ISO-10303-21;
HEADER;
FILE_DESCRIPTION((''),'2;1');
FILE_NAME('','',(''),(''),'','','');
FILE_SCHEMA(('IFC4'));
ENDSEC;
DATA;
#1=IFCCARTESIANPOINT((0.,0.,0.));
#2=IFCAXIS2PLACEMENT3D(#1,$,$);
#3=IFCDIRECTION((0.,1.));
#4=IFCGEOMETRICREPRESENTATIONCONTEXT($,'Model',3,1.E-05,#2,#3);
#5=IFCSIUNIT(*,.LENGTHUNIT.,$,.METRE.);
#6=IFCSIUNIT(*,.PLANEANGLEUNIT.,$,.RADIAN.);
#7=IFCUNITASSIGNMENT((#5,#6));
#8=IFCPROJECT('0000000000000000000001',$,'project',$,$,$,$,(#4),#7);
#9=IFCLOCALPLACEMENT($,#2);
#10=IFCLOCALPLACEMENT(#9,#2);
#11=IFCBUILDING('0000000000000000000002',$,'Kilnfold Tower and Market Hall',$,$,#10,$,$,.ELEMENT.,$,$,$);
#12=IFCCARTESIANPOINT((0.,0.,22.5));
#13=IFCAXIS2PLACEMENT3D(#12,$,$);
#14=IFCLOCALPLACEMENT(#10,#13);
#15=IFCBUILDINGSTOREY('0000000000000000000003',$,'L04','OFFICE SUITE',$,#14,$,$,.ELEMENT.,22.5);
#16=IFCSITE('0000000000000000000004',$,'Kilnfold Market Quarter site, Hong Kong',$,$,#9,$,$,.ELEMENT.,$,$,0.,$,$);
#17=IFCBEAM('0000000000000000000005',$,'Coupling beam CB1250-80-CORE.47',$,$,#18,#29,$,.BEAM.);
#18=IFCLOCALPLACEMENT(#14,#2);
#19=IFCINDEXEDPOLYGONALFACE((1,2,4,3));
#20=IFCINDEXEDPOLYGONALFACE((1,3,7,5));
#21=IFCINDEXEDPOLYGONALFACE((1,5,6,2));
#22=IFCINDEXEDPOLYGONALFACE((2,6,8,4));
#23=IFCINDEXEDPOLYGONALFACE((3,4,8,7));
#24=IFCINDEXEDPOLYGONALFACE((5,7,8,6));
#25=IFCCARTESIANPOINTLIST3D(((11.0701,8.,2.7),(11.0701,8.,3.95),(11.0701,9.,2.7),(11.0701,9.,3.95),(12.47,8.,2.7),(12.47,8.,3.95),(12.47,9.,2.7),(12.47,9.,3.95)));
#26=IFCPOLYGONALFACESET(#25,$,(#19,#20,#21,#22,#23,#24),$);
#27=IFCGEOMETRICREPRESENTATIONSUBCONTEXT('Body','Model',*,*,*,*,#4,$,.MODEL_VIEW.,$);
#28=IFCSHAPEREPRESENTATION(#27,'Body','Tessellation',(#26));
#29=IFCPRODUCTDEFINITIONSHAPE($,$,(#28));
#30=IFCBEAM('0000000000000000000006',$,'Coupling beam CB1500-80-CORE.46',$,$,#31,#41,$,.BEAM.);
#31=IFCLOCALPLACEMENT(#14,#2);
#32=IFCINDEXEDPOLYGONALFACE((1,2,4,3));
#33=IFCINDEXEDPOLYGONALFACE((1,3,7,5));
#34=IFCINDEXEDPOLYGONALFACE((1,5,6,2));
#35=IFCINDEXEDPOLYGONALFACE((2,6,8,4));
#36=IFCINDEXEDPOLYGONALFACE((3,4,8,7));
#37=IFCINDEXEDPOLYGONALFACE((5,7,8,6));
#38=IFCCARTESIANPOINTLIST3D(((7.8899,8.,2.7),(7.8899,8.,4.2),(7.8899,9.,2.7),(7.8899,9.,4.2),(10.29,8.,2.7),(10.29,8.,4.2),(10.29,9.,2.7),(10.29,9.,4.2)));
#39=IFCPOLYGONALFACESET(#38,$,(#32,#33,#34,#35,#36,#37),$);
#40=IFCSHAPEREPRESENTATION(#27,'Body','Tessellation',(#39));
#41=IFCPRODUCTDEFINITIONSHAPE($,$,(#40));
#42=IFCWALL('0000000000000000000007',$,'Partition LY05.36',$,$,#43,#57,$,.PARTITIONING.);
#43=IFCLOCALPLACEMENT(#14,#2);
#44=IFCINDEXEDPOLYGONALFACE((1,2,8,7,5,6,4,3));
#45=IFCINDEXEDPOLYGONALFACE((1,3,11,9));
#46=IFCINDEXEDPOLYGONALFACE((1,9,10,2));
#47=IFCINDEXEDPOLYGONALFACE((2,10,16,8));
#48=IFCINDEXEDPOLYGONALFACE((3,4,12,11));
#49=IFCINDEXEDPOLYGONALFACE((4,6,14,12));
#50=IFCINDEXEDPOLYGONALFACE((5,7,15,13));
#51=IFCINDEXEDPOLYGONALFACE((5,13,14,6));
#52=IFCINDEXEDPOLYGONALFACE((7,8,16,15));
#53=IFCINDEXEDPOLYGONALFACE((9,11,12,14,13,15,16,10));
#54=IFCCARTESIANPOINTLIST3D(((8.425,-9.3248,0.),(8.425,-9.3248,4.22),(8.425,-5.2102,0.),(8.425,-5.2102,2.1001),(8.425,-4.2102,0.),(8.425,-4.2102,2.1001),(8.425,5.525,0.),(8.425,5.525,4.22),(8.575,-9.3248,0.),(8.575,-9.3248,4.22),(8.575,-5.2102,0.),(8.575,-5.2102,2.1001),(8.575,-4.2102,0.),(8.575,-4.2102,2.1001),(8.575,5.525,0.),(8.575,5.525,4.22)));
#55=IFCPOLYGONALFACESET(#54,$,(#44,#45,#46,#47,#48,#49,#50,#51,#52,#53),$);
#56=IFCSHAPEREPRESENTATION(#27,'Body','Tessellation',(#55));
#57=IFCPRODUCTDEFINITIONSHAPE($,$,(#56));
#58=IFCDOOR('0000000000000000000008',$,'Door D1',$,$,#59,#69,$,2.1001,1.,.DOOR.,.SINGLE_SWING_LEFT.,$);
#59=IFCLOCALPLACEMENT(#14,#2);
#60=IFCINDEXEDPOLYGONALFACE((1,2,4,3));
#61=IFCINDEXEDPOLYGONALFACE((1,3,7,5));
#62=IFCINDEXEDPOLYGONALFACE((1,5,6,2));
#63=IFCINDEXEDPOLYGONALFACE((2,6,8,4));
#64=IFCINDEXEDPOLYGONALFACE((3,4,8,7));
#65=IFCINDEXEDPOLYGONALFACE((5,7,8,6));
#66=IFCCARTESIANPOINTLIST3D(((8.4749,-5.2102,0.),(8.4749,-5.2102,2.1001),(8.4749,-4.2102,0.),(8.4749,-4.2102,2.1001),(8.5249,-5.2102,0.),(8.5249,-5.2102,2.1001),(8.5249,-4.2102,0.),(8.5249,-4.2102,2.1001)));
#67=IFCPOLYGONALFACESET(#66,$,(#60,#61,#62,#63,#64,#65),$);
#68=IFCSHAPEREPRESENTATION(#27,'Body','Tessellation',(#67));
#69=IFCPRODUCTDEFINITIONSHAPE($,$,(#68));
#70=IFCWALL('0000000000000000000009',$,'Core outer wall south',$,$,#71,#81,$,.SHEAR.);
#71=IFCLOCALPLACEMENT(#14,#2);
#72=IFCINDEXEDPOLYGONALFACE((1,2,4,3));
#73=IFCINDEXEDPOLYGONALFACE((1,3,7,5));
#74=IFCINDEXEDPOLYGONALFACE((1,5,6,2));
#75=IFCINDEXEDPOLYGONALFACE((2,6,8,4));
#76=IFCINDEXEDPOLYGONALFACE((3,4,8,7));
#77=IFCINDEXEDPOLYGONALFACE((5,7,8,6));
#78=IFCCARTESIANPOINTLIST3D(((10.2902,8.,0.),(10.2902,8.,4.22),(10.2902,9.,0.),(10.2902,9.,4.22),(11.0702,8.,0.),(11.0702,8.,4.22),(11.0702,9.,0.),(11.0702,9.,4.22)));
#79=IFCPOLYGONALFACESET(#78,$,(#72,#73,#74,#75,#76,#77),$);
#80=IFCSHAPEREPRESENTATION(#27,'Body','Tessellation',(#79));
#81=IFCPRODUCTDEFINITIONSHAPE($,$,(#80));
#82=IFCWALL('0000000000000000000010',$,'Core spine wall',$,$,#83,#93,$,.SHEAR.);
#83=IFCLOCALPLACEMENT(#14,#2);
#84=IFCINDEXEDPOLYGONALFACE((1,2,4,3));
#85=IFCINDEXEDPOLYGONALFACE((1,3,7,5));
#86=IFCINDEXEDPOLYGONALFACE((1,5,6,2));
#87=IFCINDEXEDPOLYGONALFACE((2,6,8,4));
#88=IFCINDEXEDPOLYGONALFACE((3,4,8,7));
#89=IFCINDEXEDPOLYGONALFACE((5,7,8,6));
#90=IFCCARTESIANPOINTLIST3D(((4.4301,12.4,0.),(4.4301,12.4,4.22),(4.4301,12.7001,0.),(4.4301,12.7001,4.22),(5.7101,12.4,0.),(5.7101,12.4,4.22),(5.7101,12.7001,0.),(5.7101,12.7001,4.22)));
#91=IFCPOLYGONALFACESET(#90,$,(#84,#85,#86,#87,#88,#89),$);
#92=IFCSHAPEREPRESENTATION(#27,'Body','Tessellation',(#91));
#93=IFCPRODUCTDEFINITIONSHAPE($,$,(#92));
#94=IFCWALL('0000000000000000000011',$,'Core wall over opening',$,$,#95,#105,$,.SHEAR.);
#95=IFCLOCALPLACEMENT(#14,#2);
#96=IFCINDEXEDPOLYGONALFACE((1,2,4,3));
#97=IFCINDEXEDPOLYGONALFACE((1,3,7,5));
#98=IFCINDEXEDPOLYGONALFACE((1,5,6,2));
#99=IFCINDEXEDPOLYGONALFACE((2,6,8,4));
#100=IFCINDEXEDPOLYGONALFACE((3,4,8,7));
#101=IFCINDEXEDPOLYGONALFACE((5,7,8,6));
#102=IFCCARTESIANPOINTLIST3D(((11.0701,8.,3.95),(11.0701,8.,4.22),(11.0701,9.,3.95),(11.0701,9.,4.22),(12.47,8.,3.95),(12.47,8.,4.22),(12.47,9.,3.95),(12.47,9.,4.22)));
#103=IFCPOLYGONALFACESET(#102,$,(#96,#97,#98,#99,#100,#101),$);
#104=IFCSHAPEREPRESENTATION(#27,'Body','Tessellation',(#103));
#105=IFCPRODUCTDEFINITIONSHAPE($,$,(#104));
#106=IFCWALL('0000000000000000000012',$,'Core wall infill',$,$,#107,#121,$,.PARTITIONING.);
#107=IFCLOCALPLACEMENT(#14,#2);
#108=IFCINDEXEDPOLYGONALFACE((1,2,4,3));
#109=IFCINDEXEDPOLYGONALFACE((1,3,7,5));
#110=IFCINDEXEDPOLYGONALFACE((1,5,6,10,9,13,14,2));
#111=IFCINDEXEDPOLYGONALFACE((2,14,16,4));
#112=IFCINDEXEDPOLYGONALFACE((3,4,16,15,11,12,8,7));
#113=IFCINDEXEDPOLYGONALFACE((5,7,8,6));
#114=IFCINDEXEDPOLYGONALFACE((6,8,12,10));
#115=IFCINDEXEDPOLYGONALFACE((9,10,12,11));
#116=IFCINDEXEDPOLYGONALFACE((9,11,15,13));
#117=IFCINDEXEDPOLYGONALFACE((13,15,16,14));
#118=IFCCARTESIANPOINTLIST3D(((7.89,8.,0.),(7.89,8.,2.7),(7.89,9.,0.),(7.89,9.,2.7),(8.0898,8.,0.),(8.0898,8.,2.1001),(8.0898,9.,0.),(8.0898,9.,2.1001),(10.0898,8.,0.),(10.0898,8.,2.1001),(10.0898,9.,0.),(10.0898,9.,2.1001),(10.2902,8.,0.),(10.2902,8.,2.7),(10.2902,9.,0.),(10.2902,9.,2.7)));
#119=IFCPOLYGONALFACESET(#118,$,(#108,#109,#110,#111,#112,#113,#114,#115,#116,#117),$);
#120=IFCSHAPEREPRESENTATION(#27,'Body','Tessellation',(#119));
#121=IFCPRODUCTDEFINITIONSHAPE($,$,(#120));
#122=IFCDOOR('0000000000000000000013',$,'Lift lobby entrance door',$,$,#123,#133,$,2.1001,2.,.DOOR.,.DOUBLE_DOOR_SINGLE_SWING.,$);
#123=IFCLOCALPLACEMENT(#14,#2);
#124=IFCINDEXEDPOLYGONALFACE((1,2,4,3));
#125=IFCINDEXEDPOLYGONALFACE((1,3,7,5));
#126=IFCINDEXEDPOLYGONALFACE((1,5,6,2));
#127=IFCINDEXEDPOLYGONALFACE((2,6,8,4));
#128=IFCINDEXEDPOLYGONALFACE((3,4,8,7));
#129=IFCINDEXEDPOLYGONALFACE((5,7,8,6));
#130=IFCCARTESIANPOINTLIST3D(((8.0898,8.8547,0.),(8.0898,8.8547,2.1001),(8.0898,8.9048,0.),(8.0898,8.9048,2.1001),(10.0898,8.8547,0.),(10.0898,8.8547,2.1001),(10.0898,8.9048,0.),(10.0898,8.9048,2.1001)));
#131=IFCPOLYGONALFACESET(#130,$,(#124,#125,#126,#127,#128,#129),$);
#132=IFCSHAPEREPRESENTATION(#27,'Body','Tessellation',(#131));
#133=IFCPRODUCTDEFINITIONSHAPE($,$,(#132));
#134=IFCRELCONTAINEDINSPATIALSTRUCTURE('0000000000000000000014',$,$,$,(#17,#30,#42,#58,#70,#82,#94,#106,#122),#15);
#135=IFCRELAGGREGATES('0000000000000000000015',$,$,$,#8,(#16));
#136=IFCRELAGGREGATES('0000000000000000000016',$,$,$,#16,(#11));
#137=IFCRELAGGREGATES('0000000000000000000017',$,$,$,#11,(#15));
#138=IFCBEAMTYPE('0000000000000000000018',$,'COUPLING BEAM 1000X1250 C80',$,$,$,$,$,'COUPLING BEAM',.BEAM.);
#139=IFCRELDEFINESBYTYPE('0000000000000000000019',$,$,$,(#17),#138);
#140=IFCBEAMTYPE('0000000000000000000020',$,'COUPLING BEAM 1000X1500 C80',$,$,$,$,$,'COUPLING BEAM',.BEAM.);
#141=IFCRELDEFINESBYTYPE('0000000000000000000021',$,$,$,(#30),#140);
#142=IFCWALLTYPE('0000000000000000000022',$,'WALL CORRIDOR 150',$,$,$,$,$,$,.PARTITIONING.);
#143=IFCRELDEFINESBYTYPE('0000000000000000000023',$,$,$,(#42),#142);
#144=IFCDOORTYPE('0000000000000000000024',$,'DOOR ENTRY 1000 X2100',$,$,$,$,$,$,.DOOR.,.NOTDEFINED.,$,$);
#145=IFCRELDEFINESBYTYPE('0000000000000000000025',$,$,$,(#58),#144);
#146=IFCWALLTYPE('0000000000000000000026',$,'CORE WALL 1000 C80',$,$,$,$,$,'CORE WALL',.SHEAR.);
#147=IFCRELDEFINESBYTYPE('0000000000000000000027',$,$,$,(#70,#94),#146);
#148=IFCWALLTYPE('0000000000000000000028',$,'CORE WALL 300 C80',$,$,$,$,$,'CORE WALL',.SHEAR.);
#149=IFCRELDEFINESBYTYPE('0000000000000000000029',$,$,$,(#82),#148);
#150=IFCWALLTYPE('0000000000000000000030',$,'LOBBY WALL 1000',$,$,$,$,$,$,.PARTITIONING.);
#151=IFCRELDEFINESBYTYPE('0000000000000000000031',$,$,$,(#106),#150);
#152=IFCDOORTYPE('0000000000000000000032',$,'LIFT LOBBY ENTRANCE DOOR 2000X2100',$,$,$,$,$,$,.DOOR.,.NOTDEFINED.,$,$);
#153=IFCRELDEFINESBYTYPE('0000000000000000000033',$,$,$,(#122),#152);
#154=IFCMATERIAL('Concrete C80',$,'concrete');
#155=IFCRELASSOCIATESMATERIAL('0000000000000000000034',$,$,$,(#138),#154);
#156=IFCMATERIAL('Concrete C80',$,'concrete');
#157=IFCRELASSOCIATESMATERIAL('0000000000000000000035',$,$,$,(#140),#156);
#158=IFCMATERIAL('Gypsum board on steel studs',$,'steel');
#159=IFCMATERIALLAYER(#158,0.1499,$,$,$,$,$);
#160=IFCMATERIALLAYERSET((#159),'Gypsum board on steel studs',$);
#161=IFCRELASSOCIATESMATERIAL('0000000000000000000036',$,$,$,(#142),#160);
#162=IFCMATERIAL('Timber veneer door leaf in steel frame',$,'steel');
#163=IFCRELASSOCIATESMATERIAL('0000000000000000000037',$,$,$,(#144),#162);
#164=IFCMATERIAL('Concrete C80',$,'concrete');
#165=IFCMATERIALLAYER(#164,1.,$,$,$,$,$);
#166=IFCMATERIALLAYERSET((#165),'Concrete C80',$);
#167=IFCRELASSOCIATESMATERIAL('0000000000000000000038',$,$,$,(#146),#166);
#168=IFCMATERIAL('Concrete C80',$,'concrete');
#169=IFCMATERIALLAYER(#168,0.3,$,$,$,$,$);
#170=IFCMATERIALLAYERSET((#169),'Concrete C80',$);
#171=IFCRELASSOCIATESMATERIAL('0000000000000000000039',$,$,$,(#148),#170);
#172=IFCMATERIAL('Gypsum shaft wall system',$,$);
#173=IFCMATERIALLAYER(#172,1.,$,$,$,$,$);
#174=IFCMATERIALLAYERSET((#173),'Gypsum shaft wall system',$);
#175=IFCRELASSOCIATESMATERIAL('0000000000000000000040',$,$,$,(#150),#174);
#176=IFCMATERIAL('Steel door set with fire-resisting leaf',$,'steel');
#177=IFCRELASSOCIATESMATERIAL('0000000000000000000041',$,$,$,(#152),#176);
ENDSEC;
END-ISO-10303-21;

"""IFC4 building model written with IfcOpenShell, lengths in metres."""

from ifc_helpers import new_model, si_unit, direction, frame, frame_2d, origin, origin_2d, place, context, subcontext, project, spatial, rectangle, extrude, source, transform, mapped, material, layer, layer_set, material_profile, profile_set, type_object, element, fill, save


model = new_model("IFC4")

# Units and contexts
model_context = context("Model", 3, precision=1e-05, world=origin(), true_north=direction((0.0, 1.0)))
body_context = subcontext(model_context, "Body", "Model", "MODEL_VIEW")
ifc_project = project(units=[si_unit("LENGTHUNIT", "METRE"), si_unit("PLANEANGLEUNIT", "RADIAN")], contexts=[model_context])

# Site, building, storey
site_placement = place(None, origin())
site = spatial("IfcSite", under=ifc_project, at=site_placement, Name="Kilnfold Market Quarter site, Hong Kong", CompositionType="ELEMENT", RefElevation=0.0)
building_placement = place(site_placement, origin())
building = spatial("IfcBuilding", under=site, at=building_placement, Name="Kilnfold Tower and Market Hall", CompositionType="ELEMENT")
storey_placement = place(building_placement, frame((0.0, 0.0, 22.5)))
storey = spatial("IfcBuildingStorey", under=building, at=storey_placement, Name="L04", Description="OFFICE SUITE", CompositionType="ELEMENT", Elevation=22.5)

# Beams
ifc_material_1 = material(Name="Concrete C80", Category="concrete")
ifc_material_profile_1 = material_profile(ifc_material_1, rectangle(XDim=1.0, YDim=1.25, at=origin_2d()), Name="RC 1000x1250")
ifc_profile_set_1 = profile_set([ifc_material_profile_1], Name="Concrete C80")
beam_type_1 = type_object("IfcBeamType", Name="COUPLING BEAM 1000X1250 C80", ElementType="COUPLING BEAM", PredefinedType="BEAM", material=ifc_profile_set_1)
shared_shape_1 = source(origin(), body_context, "Body", "SweptSolid", [
    extrude(rectangle(XDim=1.0, YDim=1.25, at=origin_2d()), origin(), (0.0, 0.0, 1.0), 1.3999),
])
beam_1_placement = place(storey_placement, frame((11.0701, 8.5, 3.325), z_axis=(1.0, 0.0, 0.0), x_axis=(0.0, 1.0, 0.0)))
element("IfcBeam", 1, at=beam_1_placement, inside=storey, type_object=beam_type_1, Name="Coupling beam CB1250-80-CORE.47", PredefinedType="BEAM", context=body_context, shape_type="MappedRepresentation", body=[
    mapped(shared_shape_1, transform((0.0, 0.0, 0.0))),
])
ifc_material_2 = material(Name="Concrete C80", Category="concrete")
ifc_material_profile_2 = material_profile(ifc_material_2, rectangle(XDim=1.0, YDim=1.5, at=origin_2d()), Name="RC 1000x1500")
ifc_profile_set_2 = profile_set([ifc_material_profile_2], Name="Concrete C80")
beam_type_2 = type_object("IfcBeamType", Name="COUPLING BEAM 1000X1500 C80", ElementType="COUPLING BEAM", PredefinedType="BEAM", material=ifc_profile_set_2)
shared_shape_2 = source(origin(), body_context, "Body", "SweptSolid", [
    extrude(rectangle(XDim=1.0, YDim=1.5, at=origin_2d()), origin(), (0.0, 0.0, 1.0), 2.4001),
])
beam_2_placement = place(storey_placement, frame((7.8899, 8.5, 3.45), z_axis=(1.0, 0.0, 0.0), x_axis=(0.0, 1.0, 0.0)))
element("IfcBeam", 2, at=beam_2_placement, inside=storey, type_object=beam_type_2, Name="Coupling beam CB1500-80-CORE.46", PredefinedType="BEAM", context=body_context, shape_type="MappedRepresentation", body=[
    mapped(shared_shape_2, transform((0.0, 0.0, 0.0))),
])

# Wall, opening, door
ifc_material_3 = material(Name="Gypsum board on steel studs", Category="steel")
ifc_layer_1 = layer(ifc_material_3, 0.1499)
ifc_layer_set_1 = layer_set([ifc_layer_1], Name="Gypsum board on steel studs")
wall_type_1 = type_object("IfcWallType", Name="WALL CORRIDOR 150", PredefinedType="PARTITIONING", material=ifc_layer_set_1)
wall_1_placement = place(storey_placement, frame((8.5, 5.5249, 0.0), z_axis=(0.0, 0.0, 1.0), x_axis=(0.0, -1.0, 0.0)))
wall_1 = element("IfcWall", 3, at=wall_1_placement, inside=storey, type_object=wall_type_1, Name="Partition LY05.36", PredefinedType="PARTITIONING", context=body_context, shape_type="SweptSolid", body=[
    extrude(rectangle(XDim=14.8499, YDim=0.1499, at=frame_2d((7.4248, 0.0))), origin(), (0.0, 0.0, 1.0), 4.22),
])
opening_1_placement = place(wall_1_placement, frame((9.7351, 0.0, 0.0)))
opening_1 = element("IfcOpeningElement", 4, at=opening_1_placement, cuts=wall_1, PredefinedType="OPENING", context=body_context, shape_type="SweptSolid", body=[
    extrude(rectangle(XDim=1.0, YDim=2.1001, at=frame_2d((0.5, 1.05))), frame((0.0, 0.085, 0.0), z_axis=(0.0, -1.0, 0.0), x_axis=(1.0, 0.0, 0.0)), (0.0, 0.0, 1.0), 0.1699),
])
ifc_material_4 = material(Name="Timber veneer door leaf in steel frame", Category="steel")
door_type_1 = type_object("IfcDoorType", Name="DOOR ENTRY 1000 X2100", OperationType="NOTDEFINED", PredefinedType="DOOR", material=ifc_material_4)
door_1_placement = place(opening_1_placement, origin())
door_1 = element("IfcDoor", 5, at=door_1_placement, inside=storey, type_object=door_type_1, Name="Door D1", OperationType="SINGLE_SWING_LEFT", OverallHeight=2.1001, OverallWidth=1.0, PredefinedType="DOOR", context=body_context, shape_type="SweptSolid", body=[
    extrude(rectangle(XDim=1.0, YDim=2.1001, at=frame_2d((0.5, 1.05))), frame((0.0, 0.0249, 0.0), z_axis=(0.0, -1.0, 0.0), x_axis=(1.0, 0.0, 0.0)), (0.0, 0.0, 1.0), 0.05),
])
fill(opening_1, door_1)

# Walls
ifc_material_5 = material(Name="Concrete C80", Category="concrete")
ifc_layer_2 = layer(ifc_material_5, 1.0)
ifc_layer_set_2 = layer_set([ifc_layer_2], Name="Concrete C80")
wall_type_2 = type_object("IfcWallType", Name="CORE WALL 1000 C80", ElementType="CORE WALL", PredefinedType="SHEAR", material=ifc_layer_set_2)
shared_shape_3 = source(origin(), body_context, "Body", "SweptSolid", [
    extrude(rectangle(XDim=0.78, YDim=1.0, at=frame_2d((0.3901, 0.0))), origin(), (0.0, 0.0, 1.0), 4.22),
])
wall_2_placement = place(storey_placement, frame((10.29, 8.5, 0.0), z_axis=(0.0, 0.0, 1.0), x_axis=(1.0, 0.0, 0.0)))
element("IfcWall", 6, at=wall_2_placement, inside=storey, type_object=wall_type_2, Name="Core outer wall south", PredefinedType="SHEAR", context=body_context, shape_type="MappedRepresentation", body=[
    mapped(shared_shape_3, transform((0.0, 0.0, 0.0))),
])
ifc_material_6 = material(Name="Concrete C80", Category="concrete")
ifc_layer_3 = layer(ifc_material_6, 0.3)
ifc_layer_set_3 = layer_set([ifc_layer_3], Name="Concrete C80")
wall_type_3 = type_object("IfcWallType", Name="CORE WALL 300 C80", ElementType="CORE WALL", PredefinedType="SHEAR", material=ifc_layer_set_3)
shared_shape_4 = source(origin(), body_context, "Body", "SweptSolid", [
    extrude(rectangle(XDim=1.28, YDim=0.3, at=frame_2d((0.6401, 0.0))), origin(), (0.0, 0.0, 1.0), 4.22),
])
wall_3_placement = place(storey_placement, frame((4.4299, 12.55, 0.0), z_axis=(0.0, 0.0, 1.0), x_axis=(1.0, 0.0, 0.0)))
element("IfcWall", 7, at=wall_3_placement, inside=storey, type_object=wall_type_3, Name="Core spine wall", PredefinedType="SHEAR", context=body_context, shape_type="MappedRepresentation", body=[
    mapped(shared_shape_4, transform((0.0, 0.0, 0.0))),
])
shared_shape_5 = source(origin(), body_context, "Body", "SweptSolid", [
    extrude(rectangle(XDim=1.3999, YDim=1.0, at=frame_2d((0.7, 0.0))), origin(), (0.0, 0.0, 1.0), 0.27),
])
wall_4_placement = place(storey_placement, frame((11.0701, 8.5, 3.95), z_axis=(0.0, 0.0, 1.0), x_axis=(1.0, 0.0, 0.0)))
element("IfcWall", 8, at=wall_4_placement, inside=storey, type_object=wall_type_2, Name="Core wall over opening", PredefinedType="SHEAR", context=body_context, shape_type="MappedRepresentation", body=[
    mapped(shared_shape_5, transform((0.0, 0.0, 0.0))),
])

# Wall, opening, door
ifc_material_7 = material(Name="Gypsum shaft wall system")
ifc_layer_4 = layer(ifc_material_7, 1.0)
ifc_layer_set_4 = layer_set([ifc_layer_4], Name="Gypsum shaft wall system")
wall_type_4 = type_object("IfcWallType", Name="LOBBY WALL 1000", PredefinedType="PARTITIONING", material=ifc_layer_set_4)
shared_shape_6 = source(origin(), body_context, "Body", "SweptSolid", [
    extrude(rectangle(XDim=2.4001, YDim=1.0, at=frame_2d((1.2002, 0.0))), origin(), (0.0, 0.0, 1.0), 2.7),
])
wall_5_placement = place(storey_placement, frame((7.8899, 8.5, 0.0), z_axis=(0.0, 0.0, 1.0), x_axis=(1.0, 0.0, 0.0)))
wall_5 = element("IfcWall", 9, at=wall_5_placement, inside=storey, type_object=wall_type_4, Name="Core wall infill", PredefinedType="PARTITIONING", context=body_context, shape_type="MappedRepresentation", body=[
    mapped(shared_shape_6, transform((0.0, 0.0, 0.0))),
])
opening_2_placement = place(wall_5_placement, frame((0.2, 0.0, 0.0)))
opening_2 = element("IfcOpeningElement", 10, at=opening_2_placement, cuts=wall_5, PredefinedType="OPENING", context=body_context, shape_type="SweptSolid", body=[
    extrude(rectangle(XDim=2.0, YDim=2.1001, at=frame_2d((1.0, 1.05))), frame((0.0, 0.51, 0.0), z_axis=(0.0, -1.0, 0.0), x_axis=(1.0, 0.0, 0.0)), (0.0, 0.0, 1.0), 1.02),
])
ifc_material_8 = material(Name="Steel door set with fire-resisting leaf", Category="steel")
door_type_2 = type_object("IfcDoorType", Name="LIFT LOBBY ENTRANCE DOOR 2000X2100", OperationType="NOTDEFINED", PredefinedType="DOOR", material=ifc_material_8)
door_2_placement = place(opening_2_placement, origin())
door_2 = element("IfcDoor", 11, at=door_2_placement, inside=storey, type_object=door_type_2, Name="Lift lobby entrance door", OperationType="DOUBLE_DOOR_SINGLE_SWING", OverallHeight=2.1001, OverallWidth=2.0, PredefinedType="DOOR", context=body_context, shape_type="SweptSolid", body=[
    extrude(rectangle(XDim=2.0, YDim=2.1001, at=frame_2d((1.0, 1.05))), frame((0.0, 0.4048, 0.0), z_axis=(0.0, -1.0, 0.0), x_axis=(1.0, 0.0, 0.0)), (0.0, 0.0, 1.0), 0.05),
])
fill(opening_2, door_2)

save(model, "model.ifc")
